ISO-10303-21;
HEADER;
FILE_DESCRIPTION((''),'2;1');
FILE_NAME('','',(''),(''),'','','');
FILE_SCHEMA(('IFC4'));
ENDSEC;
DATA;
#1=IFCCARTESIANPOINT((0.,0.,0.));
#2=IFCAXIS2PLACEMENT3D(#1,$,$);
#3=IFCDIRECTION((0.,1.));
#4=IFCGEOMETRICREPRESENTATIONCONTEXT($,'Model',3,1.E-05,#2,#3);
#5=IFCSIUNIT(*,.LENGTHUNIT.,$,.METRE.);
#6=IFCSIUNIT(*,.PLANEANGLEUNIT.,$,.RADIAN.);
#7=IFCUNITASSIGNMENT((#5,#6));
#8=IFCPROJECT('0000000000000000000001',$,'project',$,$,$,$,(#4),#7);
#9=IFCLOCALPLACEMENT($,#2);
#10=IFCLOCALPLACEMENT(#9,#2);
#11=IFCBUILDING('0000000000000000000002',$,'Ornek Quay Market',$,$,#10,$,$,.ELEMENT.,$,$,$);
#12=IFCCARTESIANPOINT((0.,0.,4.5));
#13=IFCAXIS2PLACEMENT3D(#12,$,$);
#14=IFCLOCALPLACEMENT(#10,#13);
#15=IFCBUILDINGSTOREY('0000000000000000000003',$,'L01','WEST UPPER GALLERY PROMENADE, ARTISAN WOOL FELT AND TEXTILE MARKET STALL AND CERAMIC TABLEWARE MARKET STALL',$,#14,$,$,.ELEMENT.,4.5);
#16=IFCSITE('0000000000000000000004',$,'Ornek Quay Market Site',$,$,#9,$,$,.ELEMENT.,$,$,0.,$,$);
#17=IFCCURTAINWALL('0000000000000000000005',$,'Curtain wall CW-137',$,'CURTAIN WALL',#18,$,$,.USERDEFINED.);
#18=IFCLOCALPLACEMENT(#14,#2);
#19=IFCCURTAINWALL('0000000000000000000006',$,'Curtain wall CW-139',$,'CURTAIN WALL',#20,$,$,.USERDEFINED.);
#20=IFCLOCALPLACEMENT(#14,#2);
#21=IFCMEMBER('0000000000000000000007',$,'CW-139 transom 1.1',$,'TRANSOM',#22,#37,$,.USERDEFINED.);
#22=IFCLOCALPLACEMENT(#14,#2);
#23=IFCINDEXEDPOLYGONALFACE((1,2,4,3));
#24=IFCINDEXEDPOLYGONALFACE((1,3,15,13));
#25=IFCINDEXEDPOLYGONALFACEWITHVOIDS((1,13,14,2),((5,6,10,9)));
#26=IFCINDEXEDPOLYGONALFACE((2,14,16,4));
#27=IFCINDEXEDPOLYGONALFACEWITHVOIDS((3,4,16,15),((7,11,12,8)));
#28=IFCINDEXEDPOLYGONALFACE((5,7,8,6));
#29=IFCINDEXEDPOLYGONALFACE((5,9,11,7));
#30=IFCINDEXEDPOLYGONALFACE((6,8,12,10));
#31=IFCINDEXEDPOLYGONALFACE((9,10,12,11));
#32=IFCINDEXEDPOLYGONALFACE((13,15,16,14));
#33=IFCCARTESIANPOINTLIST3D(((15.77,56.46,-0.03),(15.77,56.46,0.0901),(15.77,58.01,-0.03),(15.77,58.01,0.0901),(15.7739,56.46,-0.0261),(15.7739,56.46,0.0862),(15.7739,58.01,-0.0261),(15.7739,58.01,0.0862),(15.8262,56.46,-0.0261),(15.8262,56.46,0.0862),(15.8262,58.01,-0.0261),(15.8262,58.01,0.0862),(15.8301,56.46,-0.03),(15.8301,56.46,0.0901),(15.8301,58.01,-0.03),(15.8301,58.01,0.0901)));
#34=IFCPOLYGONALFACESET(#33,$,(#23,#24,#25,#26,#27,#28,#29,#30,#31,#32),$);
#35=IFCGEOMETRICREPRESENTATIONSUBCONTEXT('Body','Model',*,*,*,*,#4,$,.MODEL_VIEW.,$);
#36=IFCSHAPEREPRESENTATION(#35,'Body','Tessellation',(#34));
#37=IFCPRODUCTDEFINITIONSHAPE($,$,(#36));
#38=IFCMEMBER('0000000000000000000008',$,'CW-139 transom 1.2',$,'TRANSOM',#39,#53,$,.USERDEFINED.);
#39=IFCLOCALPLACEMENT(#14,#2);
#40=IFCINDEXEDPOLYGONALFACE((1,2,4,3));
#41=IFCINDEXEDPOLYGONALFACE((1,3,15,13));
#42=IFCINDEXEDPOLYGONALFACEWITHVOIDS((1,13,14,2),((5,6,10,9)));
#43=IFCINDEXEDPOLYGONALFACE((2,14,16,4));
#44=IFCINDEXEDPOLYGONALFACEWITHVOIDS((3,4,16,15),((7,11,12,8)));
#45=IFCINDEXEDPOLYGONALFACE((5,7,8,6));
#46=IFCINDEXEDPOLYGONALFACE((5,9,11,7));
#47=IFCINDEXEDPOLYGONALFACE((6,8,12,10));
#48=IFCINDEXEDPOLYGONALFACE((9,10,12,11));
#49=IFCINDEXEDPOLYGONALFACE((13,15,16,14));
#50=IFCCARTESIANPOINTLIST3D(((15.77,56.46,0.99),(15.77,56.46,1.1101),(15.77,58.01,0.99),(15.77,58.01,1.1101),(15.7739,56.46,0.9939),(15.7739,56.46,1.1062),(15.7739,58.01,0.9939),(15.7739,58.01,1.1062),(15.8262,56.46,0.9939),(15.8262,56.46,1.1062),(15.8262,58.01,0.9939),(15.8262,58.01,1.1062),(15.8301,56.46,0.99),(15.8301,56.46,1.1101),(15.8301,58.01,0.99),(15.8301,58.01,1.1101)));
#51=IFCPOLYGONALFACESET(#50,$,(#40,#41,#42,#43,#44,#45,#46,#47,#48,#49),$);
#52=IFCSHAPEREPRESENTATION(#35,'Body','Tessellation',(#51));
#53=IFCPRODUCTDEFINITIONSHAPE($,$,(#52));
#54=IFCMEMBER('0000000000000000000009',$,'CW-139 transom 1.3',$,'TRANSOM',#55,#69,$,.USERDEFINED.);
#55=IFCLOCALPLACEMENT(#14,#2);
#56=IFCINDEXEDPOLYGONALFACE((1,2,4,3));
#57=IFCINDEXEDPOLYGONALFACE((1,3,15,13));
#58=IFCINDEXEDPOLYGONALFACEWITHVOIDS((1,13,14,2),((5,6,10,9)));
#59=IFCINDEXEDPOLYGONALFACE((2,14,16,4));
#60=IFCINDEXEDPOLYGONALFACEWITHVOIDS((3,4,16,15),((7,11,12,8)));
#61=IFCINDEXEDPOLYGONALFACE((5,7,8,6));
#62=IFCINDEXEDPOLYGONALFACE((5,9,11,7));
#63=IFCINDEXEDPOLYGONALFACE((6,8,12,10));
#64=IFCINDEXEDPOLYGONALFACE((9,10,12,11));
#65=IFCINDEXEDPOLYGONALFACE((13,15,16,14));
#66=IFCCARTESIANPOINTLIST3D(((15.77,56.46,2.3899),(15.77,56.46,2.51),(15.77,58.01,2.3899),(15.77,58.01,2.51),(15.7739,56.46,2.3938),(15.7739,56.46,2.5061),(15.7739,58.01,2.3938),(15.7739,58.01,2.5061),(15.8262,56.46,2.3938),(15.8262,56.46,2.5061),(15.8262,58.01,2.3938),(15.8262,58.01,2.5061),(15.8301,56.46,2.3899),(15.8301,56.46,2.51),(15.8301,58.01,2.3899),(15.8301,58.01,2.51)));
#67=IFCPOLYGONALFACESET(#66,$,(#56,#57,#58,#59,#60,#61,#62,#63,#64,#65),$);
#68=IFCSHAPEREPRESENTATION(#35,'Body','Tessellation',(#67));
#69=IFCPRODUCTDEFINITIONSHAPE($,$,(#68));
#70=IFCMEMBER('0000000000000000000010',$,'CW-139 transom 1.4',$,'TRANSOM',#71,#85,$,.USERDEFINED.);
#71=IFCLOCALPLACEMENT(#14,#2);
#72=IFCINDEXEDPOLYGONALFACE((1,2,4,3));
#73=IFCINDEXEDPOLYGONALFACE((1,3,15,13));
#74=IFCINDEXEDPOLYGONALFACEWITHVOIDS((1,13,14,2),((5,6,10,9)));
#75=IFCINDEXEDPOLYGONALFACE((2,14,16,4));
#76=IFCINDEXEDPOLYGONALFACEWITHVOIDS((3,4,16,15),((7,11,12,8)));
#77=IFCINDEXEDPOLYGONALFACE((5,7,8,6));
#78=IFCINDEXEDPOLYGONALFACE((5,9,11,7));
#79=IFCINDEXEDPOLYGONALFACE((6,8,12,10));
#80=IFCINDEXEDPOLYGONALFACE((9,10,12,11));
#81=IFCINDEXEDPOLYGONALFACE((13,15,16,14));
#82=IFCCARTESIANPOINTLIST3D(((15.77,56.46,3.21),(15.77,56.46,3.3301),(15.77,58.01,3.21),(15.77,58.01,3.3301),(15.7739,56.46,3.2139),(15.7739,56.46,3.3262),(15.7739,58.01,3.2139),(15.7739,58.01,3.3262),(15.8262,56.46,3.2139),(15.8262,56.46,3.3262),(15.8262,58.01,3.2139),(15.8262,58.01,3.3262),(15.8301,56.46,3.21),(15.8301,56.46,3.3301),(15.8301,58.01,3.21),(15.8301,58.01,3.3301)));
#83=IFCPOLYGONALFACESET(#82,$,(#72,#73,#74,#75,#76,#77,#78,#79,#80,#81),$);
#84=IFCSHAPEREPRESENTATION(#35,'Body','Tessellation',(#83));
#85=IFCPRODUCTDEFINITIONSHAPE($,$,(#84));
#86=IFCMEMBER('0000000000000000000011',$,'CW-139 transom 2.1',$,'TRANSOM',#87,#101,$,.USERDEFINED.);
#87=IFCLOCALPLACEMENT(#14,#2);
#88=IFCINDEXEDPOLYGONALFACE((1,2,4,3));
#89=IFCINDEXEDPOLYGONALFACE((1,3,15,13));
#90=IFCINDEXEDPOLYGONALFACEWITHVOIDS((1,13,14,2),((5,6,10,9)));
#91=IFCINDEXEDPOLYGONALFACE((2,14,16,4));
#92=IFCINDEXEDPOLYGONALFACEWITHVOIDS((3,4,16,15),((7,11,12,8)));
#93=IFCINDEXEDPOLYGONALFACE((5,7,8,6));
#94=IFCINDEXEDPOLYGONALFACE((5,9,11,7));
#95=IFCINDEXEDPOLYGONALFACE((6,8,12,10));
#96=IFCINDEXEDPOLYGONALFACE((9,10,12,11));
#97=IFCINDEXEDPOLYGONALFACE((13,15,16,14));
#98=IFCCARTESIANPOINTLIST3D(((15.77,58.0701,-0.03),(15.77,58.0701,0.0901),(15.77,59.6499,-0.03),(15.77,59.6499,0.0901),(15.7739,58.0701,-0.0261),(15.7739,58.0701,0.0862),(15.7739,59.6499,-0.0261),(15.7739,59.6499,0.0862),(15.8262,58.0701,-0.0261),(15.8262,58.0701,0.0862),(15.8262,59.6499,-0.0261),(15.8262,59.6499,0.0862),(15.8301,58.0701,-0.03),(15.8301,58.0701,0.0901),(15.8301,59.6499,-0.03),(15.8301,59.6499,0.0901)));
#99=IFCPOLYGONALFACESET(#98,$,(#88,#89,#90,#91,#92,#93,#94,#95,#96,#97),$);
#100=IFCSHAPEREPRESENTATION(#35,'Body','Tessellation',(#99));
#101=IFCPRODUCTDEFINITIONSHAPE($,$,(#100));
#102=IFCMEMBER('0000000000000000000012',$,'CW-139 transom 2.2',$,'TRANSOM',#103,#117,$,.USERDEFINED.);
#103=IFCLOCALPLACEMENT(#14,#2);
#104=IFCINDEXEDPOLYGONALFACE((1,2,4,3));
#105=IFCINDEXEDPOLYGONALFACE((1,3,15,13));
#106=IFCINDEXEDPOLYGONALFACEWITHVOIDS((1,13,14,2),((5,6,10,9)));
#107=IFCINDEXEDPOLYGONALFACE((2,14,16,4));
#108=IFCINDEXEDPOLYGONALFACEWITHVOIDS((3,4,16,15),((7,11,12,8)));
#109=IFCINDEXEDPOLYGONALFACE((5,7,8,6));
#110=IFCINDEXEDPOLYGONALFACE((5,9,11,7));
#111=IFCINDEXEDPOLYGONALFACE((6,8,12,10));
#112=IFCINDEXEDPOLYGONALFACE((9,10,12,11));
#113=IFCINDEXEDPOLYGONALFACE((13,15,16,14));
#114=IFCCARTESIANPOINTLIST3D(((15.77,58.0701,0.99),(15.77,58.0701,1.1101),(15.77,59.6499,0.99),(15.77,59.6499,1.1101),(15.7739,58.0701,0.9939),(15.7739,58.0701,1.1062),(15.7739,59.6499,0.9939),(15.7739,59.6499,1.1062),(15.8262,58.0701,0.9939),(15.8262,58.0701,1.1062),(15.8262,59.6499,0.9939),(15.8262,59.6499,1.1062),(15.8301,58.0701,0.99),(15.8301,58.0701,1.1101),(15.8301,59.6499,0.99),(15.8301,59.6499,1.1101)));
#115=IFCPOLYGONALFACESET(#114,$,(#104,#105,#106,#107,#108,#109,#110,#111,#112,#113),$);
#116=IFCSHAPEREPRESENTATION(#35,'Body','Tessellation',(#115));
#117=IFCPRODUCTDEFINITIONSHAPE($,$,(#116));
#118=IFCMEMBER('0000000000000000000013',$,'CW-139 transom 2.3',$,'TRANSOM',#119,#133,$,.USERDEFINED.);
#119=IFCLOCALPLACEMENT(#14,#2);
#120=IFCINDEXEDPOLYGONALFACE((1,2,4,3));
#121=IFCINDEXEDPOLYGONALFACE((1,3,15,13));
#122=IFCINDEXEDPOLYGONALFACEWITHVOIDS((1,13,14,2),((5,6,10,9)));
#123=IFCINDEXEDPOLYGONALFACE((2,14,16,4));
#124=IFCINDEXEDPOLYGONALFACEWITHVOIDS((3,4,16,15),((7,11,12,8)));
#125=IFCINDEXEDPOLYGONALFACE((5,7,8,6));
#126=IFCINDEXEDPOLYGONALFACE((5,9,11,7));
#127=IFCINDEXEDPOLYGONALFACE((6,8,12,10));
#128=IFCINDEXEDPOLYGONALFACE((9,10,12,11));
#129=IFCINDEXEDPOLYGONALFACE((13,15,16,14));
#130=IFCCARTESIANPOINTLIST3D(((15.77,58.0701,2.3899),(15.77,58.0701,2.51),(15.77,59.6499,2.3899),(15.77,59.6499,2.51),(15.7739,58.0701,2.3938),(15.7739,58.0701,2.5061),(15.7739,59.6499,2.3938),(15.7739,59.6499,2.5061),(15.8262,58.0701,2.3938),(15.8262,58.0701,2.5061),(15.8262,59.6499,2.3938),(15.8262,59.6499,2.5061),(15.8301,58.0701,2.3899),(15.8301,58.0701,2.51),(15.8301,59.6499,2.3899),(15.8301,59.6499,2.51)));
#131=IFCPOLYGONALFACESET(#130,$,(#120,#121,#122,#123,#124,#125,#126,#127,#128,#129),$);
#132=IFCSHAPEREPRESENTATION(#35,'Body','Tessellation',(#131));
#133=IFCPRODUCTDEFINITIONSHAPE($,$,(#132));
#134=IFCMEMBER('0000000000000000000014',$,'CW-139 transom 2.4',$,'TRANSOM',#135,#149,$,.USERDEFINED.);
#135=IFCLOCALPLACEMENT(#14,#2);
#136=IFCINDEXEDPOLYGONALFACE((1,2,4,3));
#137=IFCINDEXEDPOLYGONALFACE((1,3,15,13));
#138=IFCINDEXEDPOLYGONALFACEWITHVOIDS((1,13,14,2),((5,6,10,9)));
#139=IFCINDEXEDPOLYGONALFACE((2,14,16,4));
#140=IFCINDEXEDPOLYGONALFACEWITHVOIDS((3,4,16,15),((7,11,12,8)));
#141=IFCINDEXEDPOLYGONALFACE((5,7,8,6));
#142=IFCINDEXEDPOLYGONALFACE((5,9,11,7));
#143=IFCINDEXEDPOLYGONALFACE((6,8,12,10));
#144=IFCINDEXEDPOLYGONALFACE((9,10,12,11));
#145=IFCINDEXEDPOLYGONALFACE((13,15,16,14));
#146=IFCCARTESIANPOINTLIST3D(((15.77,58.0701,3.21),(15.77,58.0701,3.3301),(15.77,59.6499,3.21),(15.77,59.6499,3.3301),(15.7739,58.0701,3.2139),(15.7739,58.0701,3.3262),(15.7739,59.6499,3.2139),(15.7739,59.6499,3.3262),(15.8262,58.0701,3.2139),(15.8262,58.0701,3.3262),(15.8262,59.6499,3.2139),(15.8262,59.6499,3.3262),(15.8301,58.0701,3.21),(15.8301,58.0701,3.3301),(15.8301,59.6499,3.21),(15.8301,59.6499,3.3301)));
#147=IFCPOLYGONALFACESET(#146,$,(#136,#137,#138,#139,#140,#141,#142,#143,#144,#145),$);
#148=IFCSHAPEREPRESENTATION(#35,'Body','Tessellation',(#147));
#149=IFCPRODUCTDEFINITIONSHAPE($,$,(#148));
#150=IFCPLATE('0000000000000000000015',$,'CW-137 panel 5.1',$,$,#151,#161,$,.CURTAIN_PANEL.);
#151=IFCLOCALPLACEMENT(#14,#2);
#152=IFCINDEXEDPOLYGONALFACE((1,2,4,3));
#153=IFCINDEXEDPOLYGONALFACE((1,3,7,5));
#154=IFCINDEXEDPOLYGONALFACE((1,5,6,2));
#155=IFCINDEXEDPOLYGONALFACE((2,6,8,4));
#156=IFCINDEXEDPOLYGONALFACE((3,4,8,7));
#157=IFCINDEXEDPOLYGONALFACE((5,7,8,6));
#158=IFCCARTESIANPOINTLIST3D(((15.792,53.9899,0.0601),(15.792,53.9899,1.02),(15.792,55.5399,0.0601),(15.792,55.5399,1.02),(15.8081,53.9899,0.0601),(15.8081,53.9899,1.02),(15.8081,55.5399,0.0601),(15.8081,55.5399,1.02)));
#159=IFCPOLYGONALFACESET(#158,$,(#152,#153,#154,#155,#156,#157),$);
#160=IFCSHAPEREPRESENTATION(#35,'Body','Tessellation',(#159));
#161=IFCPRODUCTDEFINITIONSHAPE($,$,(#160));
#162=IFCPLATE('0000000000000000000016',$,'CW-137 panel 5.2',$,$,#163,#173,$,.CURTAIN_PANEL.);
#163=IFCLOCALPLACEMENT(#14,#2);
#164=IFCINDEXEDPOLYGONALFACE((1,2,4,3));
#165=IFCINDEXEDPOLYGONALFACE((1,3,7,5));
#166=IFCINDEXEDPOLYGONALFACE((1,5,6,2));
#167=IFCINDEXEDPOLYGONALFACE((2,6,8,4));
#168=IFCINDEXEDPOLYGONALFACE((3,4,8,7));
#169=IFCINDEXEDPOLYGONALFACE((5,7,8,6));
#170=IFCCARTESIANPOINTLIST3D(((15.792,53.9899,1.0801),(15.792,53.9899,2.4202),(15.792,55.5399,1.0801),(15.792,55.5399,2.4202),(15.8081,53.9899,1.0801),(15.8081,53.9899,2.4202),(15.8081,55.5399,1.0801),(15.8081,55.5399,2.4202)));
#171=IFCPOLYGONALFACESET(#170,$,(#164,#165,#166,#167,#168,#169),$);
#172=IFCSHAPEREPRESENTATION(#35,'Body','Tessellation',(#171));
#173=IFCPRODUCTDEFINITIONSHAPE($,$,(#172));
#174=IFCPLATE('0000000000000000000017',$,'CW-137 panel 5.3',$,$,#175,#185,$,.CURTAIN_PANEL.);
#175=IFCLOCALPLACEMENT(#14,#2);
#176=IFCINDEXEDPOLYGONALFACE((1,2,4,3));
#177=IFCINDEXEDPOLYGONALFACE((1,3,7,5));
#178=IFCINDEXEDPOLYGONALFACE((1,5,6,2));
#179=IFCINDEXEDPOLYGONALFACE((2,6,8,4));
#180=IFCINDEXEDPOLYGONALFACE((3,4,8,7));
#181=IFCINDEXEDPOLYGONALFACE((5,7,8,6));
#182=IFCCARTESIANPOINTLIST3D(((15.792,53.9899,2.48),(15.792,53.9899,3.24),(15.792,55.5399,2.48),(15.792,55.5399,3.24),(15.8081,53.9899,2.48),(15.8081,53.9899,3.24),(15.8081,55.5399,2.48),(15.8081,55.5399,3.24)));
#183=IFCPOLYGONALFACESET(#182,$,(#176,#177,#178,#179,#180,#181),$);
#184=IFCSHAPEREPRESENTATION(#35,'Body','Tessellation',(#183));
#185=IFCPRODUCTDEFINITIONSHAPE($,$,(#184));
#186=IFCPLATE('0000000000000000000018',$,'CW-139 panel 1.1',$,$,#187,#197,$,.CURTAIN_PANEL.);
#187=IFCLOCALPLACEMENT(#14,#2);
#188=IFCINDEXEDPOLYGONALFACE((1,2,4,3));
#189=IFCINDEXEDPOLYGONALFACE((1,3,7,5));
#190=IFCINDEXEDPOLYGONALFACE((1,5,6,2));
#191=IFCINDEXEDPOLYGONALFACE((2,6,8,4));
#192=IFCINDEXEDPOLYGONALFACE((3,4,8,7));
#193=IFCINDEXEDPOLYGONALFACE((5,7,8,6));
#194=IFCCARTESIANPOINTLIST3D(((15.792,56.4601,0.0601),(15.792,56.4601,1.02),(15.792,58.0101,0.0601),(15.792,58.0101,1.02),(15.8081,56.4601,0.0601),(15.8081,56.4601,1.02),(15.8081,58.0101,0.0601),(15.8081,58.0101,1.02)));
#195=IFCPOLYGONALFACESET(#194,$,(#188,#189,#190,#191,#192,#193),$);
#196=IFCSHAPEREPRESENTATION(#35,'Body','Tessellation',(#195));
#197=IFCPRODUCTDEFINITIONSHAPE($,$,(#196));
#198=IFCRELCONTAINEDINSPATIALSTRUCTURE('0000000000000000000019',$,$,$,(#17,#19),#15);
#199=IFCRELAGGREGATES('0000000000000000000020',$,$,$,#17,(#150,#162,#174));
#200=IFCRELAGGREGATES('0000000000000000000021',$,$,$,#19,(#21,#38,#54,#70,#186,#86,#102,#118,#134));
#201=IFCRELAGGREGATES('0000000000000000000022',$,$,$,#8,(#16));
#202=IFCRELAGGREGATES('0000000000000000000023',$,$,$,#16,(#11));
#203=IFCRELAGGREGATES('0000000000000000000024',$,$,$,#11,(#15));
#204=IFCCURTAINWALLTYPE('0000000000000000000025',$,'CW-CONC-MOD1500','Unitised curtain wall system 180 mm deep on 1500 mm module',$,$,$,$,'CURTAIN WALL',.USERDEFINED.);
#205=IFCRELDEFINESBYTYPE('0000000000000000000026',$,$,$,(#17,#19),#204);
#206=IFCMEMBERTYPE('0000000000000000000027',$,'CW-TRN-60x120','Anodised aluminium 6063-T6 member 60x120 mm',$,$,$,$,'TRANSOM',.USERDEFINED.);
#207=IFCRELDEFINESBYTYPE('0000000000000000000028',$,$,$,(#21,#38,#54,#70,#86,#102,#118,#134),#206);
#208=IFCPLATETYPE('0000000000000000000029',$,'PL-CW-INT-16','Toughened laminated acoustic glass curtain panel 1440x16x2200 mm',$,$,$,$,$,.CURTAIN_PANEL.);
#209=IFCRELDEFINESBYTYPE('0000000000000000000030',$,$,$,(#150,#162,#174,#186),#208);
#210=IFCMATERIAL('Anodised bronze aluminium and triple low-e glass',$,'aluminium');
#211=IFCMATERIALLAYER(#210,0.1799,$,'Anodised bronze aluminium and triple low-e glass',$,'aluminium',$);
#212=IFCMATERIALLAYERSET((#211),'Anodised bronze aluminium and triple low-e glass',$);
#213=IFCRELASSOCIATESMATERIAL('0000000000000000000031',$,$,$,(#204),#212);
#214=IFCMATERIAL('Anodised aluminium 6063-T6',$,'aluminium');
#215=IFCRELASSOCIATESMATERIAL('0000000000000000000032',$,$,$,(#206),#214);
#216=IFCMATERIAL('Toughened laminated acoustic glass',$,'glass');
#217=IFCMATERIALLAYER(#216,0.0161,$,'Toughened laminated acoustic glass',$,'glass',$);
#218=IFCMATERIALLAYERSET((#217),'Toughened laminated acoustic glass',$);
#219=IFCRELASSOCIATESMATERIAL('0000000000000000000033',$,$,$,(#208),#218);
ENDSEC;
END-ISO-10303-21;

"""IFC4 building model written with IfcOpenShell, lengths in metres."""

from ifc_helpers import new_model, si_unit, direction, frame, origin, origin_2d, place, context, subcontext, project, spatial, rectangle, hollow_rectangle, extrude, material, layer, layer_set, material_profile, profile_set, type_object, element, aggregate, save


model = new_model("IFC4")

# Units and contexts
model_context = context("Model", 3, precision=1e-05, world=origin(), true_north=direction((0.0, 1.0)))
body_context = subcontext(model_context, "Body", "Model", "MODEL_VIEW")
ifc_project = project(units=[si_unit("LENGTHUNIT", "METRE"), si_unit("PLANEANGLEUNIT", "RADIAN")], contexts=[model_context])

# Site, building, storey
site_placement = place(None, origin())
site = spatial("IfcSite", under=ifc_project, at=site_placement, Name="Ornek Quay Market Site", CompositionType="ELEMENT", RefElevation=0.0)
building_placement = place(site_placement, origin())
building = spatial("IfcBuilding", under=site, at=building_placement, Name="Ornek Quay Market", CompositionType="ELEMENT")
storey_placement = place(building_placement, frame((0.0, 0.0, 4.5)))
storey = spatial("IfcBuildingStorey", under=building, at=storey_placement, Name="L01", Description="WEST UPPER GALLERY PROMENADE, ARTISAN WOOL FELT AND TEXTILE MARKET STALL AND CERAMIC TABLEWARE MARKET STALL", CompositionType="ELEMENT", Elevation=4.5)

# Curtain wall
ifc_material_1 = material(Name="Anodised bronze aluminium and triple low-e glass", Category="aluminium")
ifc_layer_1 = layer(ifc_material_1, 0.1799, Name="Anodised bronze aluminium and triple low-e glass", Category="aluminium")
ifc_layer_set_1 = layer_set([ifc_layer_1], Name="Anodised bronze aluminium and triple low-e glass")
curtain_wall_type = type_object("IfcCurtainWallType", Name="CW-CONC-MOD1500", Description="Unitised curtain wall system 180 mm deep on 1500 mm module", ElementType="CURTAIN WALL", PredefinedType="USERDEFINED", material=ifc_layer_set_1)
curtain_wall_1_placement = place(storey_placement, origin())
curtain_wall_1 = element("IfcCurtainWall", 1, at=curtain_wall_1_placement, inside=storey, type_object=curtain_wall_type, Name="Curtain wall CW-137", ObjectType="CURTAIN WALL", PredefinedType="USERDEFINED")
ifc_material_2 = material(Name="Anodised aluminium 6063-T6", Category="aluminium")

# Curtain wall
curtain_wall_2_placement = place(storey_placement, origin())
curtain_wall_2 = element("IfcCurtainWall", 2, at=curtain_wall_2_placement, inside=storey, type_object=curtain_wall_type, Name="Curtain wall CW-139", ObjectType="CURTAIN WALL", PredefinedType="USERDEFINED")

# Members
ifc_material_profile_1 = material_profile(ifc_material_2, hollow_rectangle(XDim=0.0601, YDim=0.1201, WallThickness=0.0039, at=origin_2d()), Name="CW-TRN-60x120", Category="aluminium")
ifc_profile_set_1 = profile_set([ifc_material_profile_1], Name="Anodised aluminium 6063-T6")
member_type_1 = type_object("IfcMemberType", Name="CW-TRN-60x120", Description="Anodised aluminium 6063-T6 member 60x120 mm", ElementType="TRANSOM", PredefinedType="USERDEFINED", material=ifc_profile_set_1)
member_1_placement = place(storey_placement, frame((15.8, 56.46, 0.03), z_axis=(0.0, 1.0, 0.0), x_axis=(-1.0, 0.0, 0.0)))
member_1 = element("IfcMember", 3, at=member_1_placement, type_object=member_type_1, Name="CW-139 transom 1.1", ObjectType="TRANSOM", PredefinedType="USERDEFINED", context=body_context, shape_type="SweptSolid", body=[
    extrude(hollow_rectangle(XDim=0.0601, YDim=0.1201, WallThickness=0.0039, at=origin_2d()), origin(), (0.0, 0.0, 1.0), 1.55),
])
member_2_placement = place(storey_placement, frame((15.8, 56.46, 1.05), z_axis=(0.0, 1.0, 0.0), x_axis=(-1.0, 0.0, 0.0)))
member_2 = element("IfcMember", 4, at=member_2_placement, type_object=member_type_1, Name="CW-139 transom 1.2", ObjectType="TRANSOM", PredefinedType="USERDEFINED", context=body_context, shape_type="SweptSolid", body=[
    extrude(hollow_rectangle(XDim=0.0601, YDim=0.1201, WallThickness=0.0039, at=origin_2d()), origin(), (0.0, 0.0, 1.0), 1.55),
])
member_3_placement = place(storey_placement, frame((15.8, 56.46, 2.45), z_axis=(0.0, 1.0, 0.0), x_axis=(-1.0, 0.0, 0.0)))
member_3 = element("IfcMember", 5, at=member_3_placement, type_object=member_type_1, Name="CW-139 transom 1.3", ObjectType="TRANSOM", PredefinedType="USERDEFINED", context=body_context, shape_type="SweptSolid", body=[
    extrude(hollow_rectangle(XDim=0.0601, YDim=0.1201, WallThickness=0.0039, at=origin_2d()), origin(), (0.0, 0.0, 1.0), 1.55),
])
member_4_placement = place(storey_placement, frame((15.8, 56.46, 3.27), z_axis=(0.0, 1.0, 0.0), x_axis=(-1.0, 0.0, 0.0)))
member_4 = element("IfcMember", 6, at=member_4_placement, type_object=member_type_1, Name="CW-139 transom 1.4", ObjectType="TRANSOM", PredefinedType="USERDEFINED", context=body_context, shape_type="SweptSolid", body=[
    extrude(hollow_rectangle(XDim=0.0601, YDim=0.1201, WallThickness=0.0039, at=origin_2d()), origin(), (0.0, 0.0, 1.0), 1.55),
])
member_5_placement = place(storey_placement, frame((15.8, 58.0701, 0.03), z_axis=(0.0, 1.0, 0.0), x_axis=(-1.0, 0.0, 0.0)))
member_5 = element("IfcMember", 7, at=member_5_placement, type_object=member_type_1, Name="CW-139 transom 2.1", ObjectType="TRANSOM", PredefinedType="USERDEFINED", context=body_context, shape_type="SweptSolid", body=[
    extrude(hollow_rectangle(XDim=0.0601, YDim=0.1201, WallThickness=0.0039, at=origin_2d()), origin(), (0.0, 0.0, 1.0), 1.5798),
])
member_6_placement = place(storey_placement, frame((15.8, 58.0701, 1.05), z_axis=(0.0, 1.0, 0.0), x_axis=(-1.0, 0.0, 0.0)))
member_6 = element("IfcMember", 8, at=member_6_placement, type_object=member_type_1, Name="CW-139 transom 2.2", ObjectType="TRANSOM", PredefinedType="USERDEFINED", context=body_context, shape_type="SweptSolid", body=[
    extrude(hollow_rectangle(XDim=0.0601, YDim=0.1201, WallThickness=0.0039, at=origin_2d()), origin(), (0.0, 0.0, 1.0), 1.5798),
])
member_7_placement = place(storey_placement, frame((15.8, 58.0701, 2.45), z_axis=(0.0, 1.0, 0.0), x_axis=(-1.0, 0.0, 0.0)))
member_7 = element("IfcMember", 9, at=member_7_placement, type_object=member_type_1, Name="CW-139 transom 2.3", ObjectType="TRANSOM", PredefinedType="USERDEFINED", context=body_context, shape_type="SweptSolid", body=[
    extrude(hollow_rectangle(XDim=0.0601, YDim=0.1201, WallThickness=0.0039, at=origin_2d()), origin(), (0.0, 0.0, 1.0), 1.5798),
])
member_8_placement = place(storey_placement, frame((15.8, 58.0701, 3.27), z_axis=(0.0, 1.0, 0.0), x_axis=(-1.0, 0.0, 0.0)))
member_8 = element("IfcMember", 10, at=member_8_placement, type_object=member_type_1, Name="CW-139 transom 2.4", ObjectType="TRANSOM", PredefinedType="USERDEFINED", context=body_context, shape_type="SweptSolid", body=[
    extrude(hollow_rectangle(XDim=0.0601, YDim=0.1201, WallThickness=0.0039, at=origin_2d()), origin(), (0.0, 0.0, 1.0), 1.5798),
])

# Plates
ifc_material_3 = material(Name="Toughened laminated acoustic glass", Category="glass")
ifc_layer_2 = layer(ifc_material_3, 0.0161, Name="Toughened laminated acoustic glass", Category="glass")
ifc_layer_set_2 = layer_set([ifc_layer_2], Name="Toughened laminated acoustic glass")
plate_type = type_object("IfcPlateType", Name="PL-CW-INT-16", Description="Toughened laminated acoustic glass curtain panel 1440x16x2200 mm", PredefinedType="CURTAIN_PANEL", material=ifc_layer_set_2)
plate_1_placement = place(storey_placement, frame((15.8, 54.7649, 0.0601), z_axis=(0.0, 0.0, 1.0), x_axis=(0.0, 1.0, 0.0)))
plate_1 = element("IfcPlate", 11, at=plate_1_placement, type_object=plate_type, Name="CW-137 panel 5.1", PredefinedType="CURTAIN_PANEL", context=body_context, shape_type="SweptSolid", body=[
    extrude(rectangle(XDim=1.55, YDim=0.0161, at=origin_2d()), origin(), (0.0, 0.0, 1.0), 0.96),
])
plate_2_placement = place(storey_placement, frame((15.8, 54.7649, 1.0801), z_axis=(0.0, 0.0, 1.0), x_axis=(0.0, 1.0, 0.0)))
plate_2 = element("IfcPlate", 12, at=plate_2_placement, type_object=plate_type, Name="CW-137 panel 5.2", PredefinedType="CURTAIN_PANEL", context=body_context, shape_type="SweptSolid", body=[
    extrude(rectangle(XDim=1.55, YDim=0.0161, at=origin_2d()), origin(), (0.0, 0.0, 1.0), 1.3401),
])
plate_3_placement = place(storey_placement, frame((15.8, 54.7649, 2.48), z_axis=(0.0, 0.0, 1.0), x_axis=(0.0, 1.0, 0.0)))
plate_3 = element("IfcPlate", 13, at=plate_3_placement, type_object=plate_type, Name="CW-137 panel 5.3", PredefinedType="CURTAIN_PANEL", context=body_context, shape_type="SweptSolid", body=[
    extrude(rectangle(XDim=1.55, YDim=0.0161, at=origin_2d()), origin(), (0.0, 0.0, 1.0), 0.76),
])
aggregate(curtain_wall_1, [plate_1, plate_2, plate_3])
plate_4_placement = place(storey_placement, frame((15.8, 57.2351, 0.0601), z_axis=(0.0, 0.0, 1.0), x_axis=(0.0, 1.0, 0.0)))
plate_4 = element("IfcPlate", 14, at=plate_4_placement, type_object=plate_type, Name="CW-139 panel 1.1", PredefinedType="CURTAIN_PANEL", context=body_context, shape_type="SweptSolid", body=[
    extrude(rectangle(XDim=1.55, YDim=0.0161, at=origin_2d()), origin(), (0.0, 0.0, 1.0), 0.96),
])
aggregate(curtain_wall_2, [member_1, member_2, member_3, member_4, plate_4, member_5, member_6, member_7, member_8])

save(model, "model.ifc")
